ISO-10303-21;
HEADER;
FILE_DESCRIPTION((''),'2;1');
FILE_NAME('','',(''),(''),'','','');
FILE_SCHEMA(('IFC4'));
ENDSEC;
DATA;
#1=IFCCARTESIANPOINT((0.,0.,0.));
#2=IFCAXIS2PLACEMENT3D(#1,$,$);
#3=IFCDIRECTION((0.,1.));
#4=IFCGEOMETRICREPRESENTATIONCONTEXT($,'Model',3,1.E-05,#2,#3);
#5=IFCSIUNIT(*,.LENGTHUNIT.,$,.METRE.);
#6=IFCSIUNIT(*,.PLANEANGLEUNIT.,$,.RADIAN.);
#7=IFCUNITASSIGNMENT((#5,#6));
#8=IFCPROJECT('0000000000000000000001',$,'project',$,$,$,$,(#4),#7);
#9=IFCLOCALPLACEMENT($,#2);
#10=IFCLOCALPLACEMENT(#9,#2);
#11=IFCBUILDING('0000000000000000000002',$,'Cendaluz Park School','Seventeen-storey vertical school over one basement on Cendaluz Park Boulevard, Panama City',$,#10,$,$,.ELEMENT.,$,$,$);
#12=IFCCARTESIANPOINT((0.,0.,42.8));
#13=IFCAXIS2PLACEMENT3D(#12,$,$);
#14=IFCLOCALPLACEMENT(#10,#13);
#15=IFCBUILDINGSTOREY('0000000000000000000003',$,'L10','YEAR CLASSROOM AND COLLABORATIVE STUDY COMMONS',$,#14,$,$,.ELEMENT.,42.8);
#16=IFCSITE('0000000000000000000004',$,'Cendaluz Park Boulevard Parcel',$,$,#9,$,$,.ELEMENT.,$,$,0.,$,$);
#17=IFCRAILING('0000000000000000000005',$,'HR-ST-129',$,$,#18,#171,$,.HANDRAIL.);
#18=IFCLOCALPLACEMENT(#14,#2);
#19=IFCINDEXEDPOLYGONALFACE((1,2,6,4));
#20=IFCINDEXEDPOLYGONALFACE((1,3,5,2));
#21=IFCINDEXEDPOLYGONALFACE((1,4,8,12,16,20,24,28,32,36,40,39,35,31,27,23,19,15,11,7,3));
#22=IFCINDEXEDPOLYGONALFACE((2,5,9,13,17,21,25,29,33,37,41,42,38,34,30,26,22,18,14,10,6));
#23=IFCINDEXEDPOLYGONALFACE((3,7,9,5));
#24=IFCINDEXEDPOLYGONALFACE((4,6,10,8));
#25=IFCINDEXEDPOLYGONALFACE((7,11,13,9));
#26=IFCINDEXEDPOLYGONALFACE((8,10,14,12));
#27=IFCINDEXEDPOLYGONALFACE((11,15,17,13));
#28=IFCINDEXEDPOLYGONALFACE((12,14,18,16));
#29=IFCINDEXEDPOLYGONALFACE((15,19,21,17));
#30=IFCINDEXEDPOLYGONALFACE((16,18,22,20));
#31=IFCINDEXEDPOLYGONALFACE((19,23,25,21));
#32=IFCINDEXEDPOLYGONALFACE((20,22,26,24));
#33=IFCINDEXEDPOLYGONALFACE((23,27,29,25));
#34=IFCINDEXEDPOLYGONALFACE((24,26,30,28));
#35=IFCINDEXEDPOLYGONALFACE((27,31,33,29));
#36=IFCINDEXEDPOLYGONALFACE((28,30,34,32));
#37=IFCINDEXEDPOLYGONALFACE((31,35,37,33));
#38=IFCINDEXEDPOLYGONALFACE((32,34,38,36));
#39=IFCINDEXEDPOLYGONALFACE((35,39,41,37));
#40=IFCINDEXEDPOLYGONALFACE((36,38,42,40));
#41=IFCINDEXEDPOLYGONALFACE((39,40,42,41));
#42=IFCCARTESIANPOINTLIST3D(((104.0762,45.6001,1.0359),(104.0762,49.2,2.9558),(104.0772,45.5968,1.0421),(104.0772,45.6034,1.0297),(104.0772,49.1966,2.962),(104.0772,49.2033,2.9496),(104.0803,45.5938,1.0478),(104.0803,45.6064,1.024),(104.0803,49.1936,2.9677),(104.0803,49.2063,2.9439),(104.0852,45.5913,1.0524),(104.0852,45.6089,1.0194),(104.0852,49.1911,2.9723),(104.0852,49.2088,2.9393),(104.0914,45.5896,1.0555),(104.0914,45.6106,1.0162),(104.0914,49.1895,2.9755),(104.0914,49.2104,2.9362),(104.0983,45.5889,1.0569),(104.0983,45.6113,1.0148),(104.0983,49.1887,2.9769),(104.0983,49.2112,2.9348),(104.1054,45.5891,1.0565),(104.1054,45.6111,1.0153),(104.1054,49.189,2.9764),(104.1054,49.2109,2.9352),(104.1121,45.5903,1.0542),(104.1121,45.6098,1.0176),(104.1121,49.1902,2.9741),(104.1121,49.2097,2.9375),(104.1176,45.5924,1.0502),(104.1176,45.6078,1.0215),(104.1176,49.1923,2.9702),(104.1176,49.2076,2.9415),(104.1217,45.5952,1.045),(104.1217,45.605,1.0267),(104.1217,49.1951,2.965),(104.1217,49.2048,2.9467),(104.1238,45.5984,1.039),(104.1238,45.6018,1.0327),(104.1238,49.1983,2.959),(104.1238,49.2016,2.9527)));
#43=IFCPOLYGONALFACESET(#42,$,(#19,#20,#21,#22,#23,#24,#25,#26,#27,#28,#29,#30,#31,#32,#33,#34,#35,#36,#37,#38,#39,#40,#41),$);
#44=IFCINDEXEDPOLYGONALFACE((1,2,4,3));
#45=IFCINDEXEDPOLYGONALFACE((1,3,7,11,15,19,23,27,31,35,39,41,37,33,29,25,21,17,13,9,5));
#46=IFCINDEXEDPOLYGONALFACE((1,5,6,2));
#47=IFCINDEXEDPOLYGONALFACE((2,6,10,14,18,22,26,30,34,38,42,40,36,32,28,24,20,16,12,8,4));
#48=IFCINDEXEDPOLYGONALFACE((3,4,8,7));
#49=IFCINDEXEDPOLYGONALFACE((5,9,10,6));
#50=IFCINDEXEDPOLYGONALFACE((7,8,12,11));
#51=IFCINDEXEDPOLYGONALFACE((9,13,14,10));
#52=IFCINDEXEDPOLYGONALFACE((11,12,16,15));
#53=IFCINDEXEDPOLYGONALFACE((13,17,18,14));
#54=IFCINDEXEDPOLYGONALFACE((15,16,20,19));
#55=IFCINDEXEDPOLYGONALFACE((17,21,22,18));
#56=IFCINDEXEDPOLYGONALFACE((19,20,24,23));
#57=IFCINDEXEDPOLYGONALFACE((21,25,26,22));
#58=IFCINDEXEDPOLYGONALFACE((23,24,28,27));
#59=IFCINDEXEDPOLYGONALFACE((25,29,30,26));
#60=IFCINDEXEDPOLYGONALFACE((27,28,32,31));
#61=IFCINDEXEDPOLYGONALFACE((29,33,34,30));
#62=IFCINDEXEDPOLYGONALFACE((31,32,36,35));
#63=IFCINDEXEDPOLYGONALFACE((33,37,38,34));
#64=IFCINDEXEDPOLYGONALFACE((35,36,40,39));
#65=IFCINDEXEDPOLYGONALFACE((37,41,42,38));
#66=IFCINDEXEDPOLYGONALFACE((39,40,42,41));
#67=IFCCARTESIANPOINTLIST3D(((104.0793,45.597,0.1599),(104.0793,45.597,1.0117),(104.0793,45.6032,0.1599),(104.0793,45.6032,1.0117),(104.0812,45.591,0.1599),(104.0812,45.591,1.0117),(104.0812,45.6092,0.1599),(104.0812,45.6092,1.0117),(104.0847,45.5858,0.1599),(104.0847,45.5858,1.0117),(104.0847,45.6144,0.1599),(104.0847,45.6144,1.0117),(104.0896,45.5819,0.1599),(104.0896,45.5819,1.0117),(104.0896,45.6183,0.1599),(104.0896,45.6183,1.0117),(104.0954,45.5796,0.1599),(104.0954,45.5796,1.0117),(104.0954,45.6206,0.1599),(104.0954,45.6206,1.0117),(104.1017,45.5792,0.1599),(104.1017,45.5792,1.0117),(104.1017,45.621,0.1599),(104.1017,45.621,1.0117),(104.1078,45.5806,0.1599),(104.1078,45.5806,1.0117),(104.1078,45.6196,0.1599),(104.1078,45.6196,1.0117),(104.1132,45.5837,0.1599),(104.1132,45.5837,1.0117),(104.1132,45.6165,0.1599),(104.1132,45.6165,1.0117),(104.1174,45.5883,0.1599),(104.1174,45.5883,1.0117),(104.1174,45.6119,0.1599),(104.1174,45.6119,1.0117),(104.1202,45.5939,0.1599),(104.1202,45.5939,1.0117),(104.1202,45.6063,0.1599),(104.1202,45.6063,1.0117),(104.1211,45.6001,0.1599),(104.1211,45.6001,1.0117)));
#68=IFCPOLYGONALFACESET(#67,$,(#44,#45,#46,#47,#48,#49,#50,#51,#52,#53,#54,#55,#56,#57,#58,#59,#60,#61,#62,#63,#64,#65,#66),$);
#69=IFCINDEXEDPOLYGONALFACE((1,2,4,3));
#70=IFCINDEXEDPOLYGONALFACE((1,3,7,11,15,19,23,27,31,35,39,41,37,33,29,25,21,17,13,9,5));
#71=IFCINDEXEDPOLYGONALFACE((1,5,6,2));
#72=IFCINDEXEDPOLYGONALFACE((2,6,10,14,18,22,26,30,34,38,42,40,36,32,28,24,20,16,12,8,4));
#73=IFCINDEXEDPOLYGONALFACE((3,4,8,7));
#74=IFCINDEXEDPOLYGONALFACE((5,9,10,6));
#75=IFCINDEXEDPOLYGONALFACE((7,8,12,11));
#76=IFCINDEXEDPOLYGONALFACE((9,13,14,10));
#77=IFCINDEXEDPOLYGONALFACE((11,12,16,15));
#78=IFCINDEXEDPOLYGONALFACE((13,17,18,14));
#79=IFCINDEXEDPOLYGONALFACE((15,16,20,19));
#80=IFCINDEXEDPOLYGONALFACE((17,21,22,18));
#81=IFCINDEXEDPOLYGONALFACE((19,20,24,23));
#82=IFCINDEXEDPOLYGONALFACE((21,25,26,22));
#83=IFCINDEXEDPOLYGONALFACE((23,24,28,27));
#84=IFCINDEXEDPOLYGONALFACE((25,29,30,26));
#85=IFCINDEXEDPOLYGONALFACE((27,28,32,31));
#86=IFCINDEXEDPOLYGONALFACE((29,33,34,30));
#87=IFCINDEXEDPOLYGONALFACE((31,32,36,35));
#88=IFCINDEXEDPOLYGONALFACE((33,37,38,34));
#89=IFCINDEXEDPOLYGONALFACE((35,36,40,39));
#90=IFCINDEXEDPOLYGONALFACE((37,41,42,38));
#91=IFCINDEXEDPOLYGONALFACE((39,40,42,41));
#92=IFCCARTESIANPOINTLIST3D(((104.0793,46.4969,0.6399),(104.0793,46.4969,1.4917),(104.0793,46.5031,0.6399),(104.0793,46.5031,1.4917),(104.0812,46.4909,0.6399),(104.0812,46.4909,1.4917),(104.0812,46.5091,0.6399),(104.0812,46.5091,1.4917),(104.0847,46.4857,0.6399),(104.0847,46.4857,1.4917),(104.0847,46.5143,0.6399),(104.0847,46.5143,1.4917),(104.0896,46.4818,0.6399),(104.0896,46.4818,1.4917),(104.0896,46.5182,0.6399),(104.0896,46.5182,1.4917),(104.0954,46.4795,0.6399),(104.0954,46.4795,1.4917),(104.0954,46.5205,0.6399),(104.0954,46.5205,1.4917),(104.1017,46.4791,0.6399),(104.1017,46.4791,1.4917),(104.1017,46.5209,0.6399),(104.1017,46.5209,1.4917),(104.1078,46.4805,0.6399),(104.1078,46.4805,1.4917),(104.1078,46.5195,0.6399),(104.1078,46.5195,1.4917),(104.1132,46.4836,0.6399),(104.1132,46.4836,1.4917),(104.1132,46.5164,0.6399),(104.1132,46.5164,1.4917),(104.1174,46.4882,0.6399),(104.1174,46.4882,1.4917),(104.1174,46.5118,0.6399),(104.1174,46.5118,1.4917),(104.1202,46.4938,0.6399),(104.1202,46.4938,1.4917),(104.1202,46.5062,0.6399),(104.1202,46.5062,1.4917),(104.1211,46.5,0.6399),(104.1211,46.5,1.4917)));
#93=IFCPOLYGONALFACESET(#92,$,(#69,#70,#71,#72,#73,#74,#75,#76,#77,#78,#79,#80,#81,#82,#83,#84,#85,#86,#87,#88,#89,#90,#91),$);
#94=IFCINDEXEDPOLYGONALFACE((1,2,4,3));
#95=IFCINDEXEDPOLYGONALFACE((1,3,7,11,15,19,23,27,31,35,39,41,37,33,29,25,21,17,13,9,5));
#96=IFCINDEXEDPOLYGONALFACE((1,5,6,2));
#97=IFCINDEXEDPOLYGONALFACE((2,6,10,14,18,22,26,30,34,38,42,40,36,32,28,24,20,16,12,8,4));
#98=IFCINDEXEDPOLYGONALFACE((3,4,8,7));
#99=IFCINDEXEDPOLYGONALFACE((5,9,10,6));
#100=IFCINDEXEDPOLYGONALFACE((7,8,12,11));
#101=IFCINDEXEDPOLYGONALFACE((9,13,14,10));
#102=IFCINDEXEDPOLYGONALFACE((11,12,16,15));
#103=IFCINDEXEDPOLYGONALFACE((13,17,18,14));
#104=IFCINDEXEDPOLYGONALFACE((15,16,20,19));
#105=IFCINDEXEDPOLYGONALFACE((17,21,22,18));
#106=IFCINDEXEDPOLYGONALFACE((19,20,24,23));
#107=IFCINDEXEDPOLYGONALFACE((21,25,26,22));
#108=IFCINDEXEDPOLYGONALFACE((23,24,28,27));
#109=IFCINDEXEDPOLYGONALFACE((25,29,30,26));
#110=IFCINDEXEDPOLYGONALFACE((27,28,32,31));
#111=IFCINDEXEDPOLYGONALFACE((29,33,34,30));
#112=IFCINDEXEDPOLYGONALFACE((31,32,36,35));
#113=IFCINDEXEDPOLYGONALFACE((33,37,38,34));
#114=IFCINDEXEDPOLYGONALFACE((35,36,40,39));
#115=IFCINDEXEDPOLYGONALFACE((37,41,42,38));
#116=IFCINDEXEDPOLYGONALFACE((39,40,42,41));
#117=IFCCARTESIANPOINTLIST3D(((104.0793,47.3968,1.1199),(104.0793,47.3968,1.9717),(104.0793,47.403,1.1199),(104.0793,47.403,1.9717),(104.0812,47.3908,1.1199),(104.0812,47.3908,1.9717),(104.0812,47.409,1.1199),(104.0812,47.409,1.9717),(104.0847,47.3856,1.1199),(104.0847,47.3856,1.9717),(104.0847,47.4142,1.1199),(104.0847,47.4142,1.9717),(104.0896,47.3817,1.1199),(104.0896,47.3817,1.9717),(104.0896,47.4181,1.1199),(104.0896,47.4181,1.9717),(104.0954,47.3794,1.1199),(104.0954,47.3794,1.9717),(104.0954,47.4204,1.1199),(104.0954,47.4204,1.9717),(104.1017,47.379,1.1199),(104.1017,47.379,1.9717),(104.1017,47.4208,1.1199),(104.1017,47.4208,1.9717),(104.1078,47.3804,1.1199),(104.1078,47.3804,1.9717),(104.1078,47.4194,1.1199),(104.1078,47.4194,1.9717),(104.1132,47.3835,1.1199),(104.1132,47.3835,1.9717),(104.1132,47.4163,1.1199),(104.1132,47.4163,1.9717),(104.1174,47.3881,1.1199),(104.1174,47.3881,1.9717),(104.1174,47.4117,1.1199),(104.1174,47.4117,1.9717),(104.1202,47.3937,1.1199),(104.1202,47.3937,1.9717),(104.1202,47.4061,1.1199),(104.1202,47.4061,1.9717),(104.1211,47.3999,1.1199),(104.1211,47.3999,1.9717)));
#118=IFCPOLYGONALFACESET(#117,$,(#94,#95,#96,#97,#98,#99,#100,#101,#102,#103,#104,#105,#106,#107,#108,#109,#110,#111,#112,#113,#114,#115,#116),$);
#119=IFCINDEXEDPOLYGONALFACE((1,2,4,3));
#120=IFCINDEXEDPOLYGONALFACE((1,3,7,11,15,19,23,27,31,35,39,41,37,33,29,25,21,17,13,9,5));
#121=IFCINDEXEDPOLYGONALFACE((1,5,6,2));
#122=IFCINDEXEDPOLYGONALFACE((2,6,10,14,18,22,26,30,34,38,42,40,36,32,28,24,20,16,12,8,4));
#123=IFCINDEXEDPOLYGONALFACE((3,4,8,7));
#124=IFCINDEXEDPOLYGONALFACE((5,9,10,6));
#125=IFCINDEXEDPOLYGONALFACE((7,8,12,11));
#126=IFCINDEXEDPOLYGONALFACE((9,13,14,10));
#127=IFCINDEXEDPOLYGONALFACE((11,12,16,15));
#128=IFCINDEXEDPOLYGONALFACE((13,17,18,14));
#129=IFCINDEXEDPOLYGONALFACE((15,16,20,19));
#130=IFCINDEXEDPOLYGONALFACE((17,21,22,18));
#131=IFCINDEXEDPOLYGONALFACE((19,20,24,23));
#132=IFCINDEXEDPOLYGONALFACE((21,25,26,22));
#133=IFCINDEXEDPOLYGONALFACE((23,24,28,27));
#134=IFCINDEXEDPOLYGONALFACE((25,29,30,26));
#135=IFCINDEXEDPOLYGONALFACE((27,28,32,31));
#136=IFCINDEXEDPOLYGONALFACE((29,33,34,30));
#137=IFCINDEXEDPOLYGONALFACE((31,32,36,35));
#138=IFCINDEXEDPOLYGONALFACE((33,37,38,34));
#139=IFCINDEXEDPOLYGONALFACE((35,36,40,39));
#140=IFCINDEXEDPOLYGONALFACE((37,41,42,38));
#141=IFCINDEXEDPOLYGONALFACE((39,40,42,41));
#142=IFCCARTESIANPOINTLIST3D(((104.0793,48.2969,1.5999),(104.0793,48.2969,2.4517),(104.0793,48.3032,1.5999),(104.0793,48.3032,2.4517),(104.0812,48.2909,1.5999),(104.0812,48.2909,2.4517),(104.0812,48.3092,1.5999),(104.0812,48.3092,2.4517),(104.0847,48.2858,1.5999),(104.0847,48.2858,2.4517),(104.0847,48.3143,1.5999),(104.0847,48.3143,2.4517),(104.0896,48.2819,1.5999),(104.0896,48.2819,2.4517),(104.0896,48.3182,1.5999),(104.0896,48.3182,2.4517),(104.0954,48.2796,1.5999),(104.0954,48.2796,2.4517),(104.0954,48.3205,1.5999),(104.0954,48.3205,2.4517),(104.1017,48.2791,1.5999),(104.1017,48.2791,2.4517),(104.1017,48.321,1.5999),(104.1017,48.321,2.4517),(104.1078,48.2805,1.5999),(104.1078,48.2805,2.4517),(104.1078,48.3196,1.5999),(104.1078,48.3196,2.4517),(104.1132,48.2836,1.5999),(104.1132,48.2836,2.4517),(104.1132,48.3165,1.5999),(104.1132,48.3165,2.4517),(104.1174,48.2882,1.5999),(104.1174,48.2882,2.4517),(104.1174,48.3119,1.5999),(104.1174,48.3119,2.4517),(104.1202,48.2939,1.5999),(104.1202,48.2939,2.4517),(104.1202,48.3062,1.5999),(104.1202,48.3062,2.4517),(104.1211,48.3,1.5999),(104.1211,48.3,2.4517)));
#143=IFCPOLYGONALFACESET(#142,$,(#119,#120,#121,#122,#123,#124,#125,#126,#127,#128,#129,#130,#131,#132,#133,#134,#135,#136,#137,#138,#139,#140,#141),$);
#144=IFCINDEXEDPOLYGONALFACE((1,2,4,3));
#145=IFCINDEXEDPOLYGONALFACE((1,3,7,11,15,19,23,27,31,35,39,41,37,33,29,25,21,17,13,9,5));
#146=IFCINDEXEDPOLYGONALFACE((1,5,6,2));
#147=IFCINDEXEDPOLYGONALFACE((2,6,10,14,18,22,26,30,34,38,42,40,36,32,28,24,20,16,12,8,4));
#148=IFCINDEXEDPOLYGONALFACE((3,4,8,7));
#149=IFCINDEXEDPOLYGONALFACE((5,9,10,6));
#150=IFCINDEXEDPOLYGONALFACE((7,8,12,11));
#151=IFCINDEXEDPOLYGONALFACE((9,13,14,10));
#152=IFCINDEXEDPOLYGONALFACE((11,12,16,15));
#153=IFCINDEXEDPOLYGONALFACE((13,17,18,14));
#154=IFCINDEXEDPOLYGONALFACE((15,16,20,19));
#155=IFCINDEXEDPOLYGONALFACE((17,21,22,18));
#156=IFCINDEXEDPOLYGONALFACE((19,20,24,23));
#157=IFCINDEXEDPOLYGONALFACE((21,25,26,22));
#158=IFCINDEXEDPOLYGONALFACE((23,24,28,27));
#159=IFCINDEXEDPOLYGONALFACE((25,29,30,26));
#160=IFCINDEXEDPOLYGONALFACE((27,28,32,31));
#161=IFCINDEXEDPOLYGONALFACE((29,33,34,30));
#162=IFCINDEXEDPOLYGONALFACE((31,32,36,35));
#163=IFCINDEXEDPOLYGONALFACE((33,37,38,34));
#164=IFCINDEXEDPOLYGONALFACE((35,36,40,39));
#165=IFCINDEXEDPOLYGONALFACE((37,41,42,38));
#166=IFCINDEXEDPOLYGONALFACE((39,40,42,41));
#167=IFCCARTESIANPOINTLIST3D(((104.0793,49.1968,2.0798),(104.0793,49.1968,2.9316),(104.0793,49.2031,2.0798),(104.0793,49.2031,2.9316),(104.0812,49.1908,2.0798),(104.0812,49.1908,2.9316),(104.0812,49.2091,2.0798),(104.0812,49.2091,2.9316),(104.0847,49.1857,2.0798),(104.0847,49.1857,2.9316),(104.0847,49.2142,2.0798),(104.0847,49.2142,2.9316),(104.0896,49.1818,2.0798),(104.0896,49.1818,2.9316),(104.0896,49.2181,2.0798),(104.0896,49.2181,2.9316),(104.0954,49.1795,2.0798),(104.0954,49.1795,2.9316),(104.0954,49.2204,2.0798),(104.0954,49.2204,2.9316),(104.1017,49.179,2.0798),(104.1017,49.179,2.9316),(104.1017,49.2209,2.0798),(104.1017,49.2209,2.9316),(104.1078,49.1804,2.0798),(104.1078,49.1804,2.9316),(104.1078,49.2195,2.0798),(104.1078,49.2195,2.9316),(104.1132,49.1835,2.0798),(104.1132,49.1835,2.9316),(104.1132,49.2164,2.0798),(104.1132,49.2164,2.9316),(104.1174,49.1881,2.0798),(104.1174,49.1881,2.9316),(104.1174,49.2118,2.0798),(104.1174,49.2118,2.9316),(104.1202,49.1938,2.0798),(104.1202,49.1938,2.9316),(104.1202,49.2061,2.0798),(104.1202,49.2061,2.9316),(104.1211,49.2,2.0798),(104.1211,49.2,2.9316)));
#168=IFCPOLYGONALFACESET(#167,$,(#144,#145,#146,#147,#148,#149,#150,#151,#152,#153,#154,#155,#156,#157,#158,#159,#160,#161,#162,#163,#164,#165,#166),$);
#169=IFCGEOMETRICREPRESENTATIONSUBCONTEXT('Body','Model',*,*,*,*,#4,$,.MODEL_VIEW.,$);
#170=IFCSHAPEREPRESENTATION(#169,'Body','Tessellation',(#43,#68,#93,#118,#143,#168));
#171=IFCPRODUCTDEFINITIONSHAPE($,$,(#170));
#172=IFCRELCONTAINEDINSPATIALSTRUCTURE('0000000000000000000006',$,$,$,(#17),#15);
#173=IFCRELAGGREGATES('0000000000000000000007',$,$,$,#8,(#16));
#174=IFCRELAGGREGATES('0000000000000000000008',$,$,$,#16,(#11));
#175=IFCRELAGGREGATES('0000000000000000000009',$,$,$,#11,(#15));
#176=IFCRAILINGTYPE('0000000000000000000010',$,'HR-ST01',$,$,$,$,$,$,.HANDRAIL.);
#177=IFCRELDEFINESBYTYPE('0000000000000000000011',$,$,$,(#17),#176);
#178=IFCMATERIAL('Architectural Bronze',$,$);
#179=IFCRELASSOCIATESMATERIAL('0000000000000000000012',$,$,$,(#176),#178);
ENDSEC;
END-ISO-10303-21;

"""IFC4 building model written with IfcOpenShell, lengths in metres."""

from ifc_helpers import new_model, si_unit, direction, frame, origin, origin_2d, place, context, subcontext, project, spatial, circle, extrude, material, type_object, element, save


model = new_model("IFC4")

# Units and contexts
model_context = context("Model", 3, precision=1e-05, world=origin(), true_north=direction((0.0, 1.0)))
body_context = subcontext(model_context, "Body", "Model", "MODEL_VIEW")
ifc_project = project(units=[si_unit("LENGTHUNIT", "METRE"), si_unit("PLANEANGLEUNIT", "RADIAN")], contexts=[model_context])

# Site, building, storey
site_placement = place(None, origin())
site = spatial("IfcSite", under=ifc_project, at=site_placement, Name="Cendaluz Park Boulevard Parcel", CompositionType="ELEMENT", RefElevation=0.0)
building_placement = place(site_placement, origin())
building = spatial("IfcBuilding", under=site, at=building_placement, Name="Cendaluz Park School", Description="Seventeen-storey vertical school over one basement on Cendaluz Park Boulevard, Panama City", CompositionType="ELEMENT")
storey_placement = place(building_placement, frame((0.0, 0.0, 42.8)))
storey = spatial("IfcBuildingStorey", under=building, at=storey_placement, Name="L10", Description="YEAR CLASSROOM AND COLLABORATIVE STUDY COMMONS", CompositionType="ELEMENT", Elevation=42.8)

# Railing
ifc_material_1 = material(Name="Architectural Bronze")
railing_type_1 = type_object("IfcRailingType", Name="HR-ST01", PredefinedType="HANDRAIL", material=ifc_material_1)
railing_1_placement = place(storey_placement, frame((104.1001, 45.6001, 0.1599)))
element("IfcRailing", 1, at=railing_1_placement, inside=storey, type_object=railing_type_1, Name="HR-ST-129", PredefinedType="HANDRAIL", context=body_context, shape_type="SweptSolid", body=[
    extrude(circle(Radius=0.0239, at=origin_2d()), frame((0.0, 0.0, 0.876), z_axis=(0.0, 0.882353, 0.470588), x_axis=(-1.0, 0.0, 0.0)), (0.0, 0.0, 1.0), 4.0798),
    extrude(circle(Radius=0.021, at=origin_2d()), origin(), (0.0, 0.0, 1.0), 0.8518),
    extrude(circle(Radius=0.021, at=origin_2d()), frame((0.0, 0.8999, 0.48)), (0.0, 0.0, 1.0), 0.8518),
    extrude(circle(Radius=0.021, at=origin_2d()), frame((0.0, 1.7998, 0.96)), (0.0, 0.0, 1.0), 0.8518),
    extrude(circle(Radius=0.021, at=origin_2d()), frame((0.0, 2.7, 1.4399)), (0.0, 0.0, 1.0), 0.8518),
    extrude(circle(Radius=0.021, at=origin_2d()), frame((0.0, 3.5999, 1.9199)), (0.0, 0.0, 1.0), 0.8518),
])

save(model, "model.ifc")
